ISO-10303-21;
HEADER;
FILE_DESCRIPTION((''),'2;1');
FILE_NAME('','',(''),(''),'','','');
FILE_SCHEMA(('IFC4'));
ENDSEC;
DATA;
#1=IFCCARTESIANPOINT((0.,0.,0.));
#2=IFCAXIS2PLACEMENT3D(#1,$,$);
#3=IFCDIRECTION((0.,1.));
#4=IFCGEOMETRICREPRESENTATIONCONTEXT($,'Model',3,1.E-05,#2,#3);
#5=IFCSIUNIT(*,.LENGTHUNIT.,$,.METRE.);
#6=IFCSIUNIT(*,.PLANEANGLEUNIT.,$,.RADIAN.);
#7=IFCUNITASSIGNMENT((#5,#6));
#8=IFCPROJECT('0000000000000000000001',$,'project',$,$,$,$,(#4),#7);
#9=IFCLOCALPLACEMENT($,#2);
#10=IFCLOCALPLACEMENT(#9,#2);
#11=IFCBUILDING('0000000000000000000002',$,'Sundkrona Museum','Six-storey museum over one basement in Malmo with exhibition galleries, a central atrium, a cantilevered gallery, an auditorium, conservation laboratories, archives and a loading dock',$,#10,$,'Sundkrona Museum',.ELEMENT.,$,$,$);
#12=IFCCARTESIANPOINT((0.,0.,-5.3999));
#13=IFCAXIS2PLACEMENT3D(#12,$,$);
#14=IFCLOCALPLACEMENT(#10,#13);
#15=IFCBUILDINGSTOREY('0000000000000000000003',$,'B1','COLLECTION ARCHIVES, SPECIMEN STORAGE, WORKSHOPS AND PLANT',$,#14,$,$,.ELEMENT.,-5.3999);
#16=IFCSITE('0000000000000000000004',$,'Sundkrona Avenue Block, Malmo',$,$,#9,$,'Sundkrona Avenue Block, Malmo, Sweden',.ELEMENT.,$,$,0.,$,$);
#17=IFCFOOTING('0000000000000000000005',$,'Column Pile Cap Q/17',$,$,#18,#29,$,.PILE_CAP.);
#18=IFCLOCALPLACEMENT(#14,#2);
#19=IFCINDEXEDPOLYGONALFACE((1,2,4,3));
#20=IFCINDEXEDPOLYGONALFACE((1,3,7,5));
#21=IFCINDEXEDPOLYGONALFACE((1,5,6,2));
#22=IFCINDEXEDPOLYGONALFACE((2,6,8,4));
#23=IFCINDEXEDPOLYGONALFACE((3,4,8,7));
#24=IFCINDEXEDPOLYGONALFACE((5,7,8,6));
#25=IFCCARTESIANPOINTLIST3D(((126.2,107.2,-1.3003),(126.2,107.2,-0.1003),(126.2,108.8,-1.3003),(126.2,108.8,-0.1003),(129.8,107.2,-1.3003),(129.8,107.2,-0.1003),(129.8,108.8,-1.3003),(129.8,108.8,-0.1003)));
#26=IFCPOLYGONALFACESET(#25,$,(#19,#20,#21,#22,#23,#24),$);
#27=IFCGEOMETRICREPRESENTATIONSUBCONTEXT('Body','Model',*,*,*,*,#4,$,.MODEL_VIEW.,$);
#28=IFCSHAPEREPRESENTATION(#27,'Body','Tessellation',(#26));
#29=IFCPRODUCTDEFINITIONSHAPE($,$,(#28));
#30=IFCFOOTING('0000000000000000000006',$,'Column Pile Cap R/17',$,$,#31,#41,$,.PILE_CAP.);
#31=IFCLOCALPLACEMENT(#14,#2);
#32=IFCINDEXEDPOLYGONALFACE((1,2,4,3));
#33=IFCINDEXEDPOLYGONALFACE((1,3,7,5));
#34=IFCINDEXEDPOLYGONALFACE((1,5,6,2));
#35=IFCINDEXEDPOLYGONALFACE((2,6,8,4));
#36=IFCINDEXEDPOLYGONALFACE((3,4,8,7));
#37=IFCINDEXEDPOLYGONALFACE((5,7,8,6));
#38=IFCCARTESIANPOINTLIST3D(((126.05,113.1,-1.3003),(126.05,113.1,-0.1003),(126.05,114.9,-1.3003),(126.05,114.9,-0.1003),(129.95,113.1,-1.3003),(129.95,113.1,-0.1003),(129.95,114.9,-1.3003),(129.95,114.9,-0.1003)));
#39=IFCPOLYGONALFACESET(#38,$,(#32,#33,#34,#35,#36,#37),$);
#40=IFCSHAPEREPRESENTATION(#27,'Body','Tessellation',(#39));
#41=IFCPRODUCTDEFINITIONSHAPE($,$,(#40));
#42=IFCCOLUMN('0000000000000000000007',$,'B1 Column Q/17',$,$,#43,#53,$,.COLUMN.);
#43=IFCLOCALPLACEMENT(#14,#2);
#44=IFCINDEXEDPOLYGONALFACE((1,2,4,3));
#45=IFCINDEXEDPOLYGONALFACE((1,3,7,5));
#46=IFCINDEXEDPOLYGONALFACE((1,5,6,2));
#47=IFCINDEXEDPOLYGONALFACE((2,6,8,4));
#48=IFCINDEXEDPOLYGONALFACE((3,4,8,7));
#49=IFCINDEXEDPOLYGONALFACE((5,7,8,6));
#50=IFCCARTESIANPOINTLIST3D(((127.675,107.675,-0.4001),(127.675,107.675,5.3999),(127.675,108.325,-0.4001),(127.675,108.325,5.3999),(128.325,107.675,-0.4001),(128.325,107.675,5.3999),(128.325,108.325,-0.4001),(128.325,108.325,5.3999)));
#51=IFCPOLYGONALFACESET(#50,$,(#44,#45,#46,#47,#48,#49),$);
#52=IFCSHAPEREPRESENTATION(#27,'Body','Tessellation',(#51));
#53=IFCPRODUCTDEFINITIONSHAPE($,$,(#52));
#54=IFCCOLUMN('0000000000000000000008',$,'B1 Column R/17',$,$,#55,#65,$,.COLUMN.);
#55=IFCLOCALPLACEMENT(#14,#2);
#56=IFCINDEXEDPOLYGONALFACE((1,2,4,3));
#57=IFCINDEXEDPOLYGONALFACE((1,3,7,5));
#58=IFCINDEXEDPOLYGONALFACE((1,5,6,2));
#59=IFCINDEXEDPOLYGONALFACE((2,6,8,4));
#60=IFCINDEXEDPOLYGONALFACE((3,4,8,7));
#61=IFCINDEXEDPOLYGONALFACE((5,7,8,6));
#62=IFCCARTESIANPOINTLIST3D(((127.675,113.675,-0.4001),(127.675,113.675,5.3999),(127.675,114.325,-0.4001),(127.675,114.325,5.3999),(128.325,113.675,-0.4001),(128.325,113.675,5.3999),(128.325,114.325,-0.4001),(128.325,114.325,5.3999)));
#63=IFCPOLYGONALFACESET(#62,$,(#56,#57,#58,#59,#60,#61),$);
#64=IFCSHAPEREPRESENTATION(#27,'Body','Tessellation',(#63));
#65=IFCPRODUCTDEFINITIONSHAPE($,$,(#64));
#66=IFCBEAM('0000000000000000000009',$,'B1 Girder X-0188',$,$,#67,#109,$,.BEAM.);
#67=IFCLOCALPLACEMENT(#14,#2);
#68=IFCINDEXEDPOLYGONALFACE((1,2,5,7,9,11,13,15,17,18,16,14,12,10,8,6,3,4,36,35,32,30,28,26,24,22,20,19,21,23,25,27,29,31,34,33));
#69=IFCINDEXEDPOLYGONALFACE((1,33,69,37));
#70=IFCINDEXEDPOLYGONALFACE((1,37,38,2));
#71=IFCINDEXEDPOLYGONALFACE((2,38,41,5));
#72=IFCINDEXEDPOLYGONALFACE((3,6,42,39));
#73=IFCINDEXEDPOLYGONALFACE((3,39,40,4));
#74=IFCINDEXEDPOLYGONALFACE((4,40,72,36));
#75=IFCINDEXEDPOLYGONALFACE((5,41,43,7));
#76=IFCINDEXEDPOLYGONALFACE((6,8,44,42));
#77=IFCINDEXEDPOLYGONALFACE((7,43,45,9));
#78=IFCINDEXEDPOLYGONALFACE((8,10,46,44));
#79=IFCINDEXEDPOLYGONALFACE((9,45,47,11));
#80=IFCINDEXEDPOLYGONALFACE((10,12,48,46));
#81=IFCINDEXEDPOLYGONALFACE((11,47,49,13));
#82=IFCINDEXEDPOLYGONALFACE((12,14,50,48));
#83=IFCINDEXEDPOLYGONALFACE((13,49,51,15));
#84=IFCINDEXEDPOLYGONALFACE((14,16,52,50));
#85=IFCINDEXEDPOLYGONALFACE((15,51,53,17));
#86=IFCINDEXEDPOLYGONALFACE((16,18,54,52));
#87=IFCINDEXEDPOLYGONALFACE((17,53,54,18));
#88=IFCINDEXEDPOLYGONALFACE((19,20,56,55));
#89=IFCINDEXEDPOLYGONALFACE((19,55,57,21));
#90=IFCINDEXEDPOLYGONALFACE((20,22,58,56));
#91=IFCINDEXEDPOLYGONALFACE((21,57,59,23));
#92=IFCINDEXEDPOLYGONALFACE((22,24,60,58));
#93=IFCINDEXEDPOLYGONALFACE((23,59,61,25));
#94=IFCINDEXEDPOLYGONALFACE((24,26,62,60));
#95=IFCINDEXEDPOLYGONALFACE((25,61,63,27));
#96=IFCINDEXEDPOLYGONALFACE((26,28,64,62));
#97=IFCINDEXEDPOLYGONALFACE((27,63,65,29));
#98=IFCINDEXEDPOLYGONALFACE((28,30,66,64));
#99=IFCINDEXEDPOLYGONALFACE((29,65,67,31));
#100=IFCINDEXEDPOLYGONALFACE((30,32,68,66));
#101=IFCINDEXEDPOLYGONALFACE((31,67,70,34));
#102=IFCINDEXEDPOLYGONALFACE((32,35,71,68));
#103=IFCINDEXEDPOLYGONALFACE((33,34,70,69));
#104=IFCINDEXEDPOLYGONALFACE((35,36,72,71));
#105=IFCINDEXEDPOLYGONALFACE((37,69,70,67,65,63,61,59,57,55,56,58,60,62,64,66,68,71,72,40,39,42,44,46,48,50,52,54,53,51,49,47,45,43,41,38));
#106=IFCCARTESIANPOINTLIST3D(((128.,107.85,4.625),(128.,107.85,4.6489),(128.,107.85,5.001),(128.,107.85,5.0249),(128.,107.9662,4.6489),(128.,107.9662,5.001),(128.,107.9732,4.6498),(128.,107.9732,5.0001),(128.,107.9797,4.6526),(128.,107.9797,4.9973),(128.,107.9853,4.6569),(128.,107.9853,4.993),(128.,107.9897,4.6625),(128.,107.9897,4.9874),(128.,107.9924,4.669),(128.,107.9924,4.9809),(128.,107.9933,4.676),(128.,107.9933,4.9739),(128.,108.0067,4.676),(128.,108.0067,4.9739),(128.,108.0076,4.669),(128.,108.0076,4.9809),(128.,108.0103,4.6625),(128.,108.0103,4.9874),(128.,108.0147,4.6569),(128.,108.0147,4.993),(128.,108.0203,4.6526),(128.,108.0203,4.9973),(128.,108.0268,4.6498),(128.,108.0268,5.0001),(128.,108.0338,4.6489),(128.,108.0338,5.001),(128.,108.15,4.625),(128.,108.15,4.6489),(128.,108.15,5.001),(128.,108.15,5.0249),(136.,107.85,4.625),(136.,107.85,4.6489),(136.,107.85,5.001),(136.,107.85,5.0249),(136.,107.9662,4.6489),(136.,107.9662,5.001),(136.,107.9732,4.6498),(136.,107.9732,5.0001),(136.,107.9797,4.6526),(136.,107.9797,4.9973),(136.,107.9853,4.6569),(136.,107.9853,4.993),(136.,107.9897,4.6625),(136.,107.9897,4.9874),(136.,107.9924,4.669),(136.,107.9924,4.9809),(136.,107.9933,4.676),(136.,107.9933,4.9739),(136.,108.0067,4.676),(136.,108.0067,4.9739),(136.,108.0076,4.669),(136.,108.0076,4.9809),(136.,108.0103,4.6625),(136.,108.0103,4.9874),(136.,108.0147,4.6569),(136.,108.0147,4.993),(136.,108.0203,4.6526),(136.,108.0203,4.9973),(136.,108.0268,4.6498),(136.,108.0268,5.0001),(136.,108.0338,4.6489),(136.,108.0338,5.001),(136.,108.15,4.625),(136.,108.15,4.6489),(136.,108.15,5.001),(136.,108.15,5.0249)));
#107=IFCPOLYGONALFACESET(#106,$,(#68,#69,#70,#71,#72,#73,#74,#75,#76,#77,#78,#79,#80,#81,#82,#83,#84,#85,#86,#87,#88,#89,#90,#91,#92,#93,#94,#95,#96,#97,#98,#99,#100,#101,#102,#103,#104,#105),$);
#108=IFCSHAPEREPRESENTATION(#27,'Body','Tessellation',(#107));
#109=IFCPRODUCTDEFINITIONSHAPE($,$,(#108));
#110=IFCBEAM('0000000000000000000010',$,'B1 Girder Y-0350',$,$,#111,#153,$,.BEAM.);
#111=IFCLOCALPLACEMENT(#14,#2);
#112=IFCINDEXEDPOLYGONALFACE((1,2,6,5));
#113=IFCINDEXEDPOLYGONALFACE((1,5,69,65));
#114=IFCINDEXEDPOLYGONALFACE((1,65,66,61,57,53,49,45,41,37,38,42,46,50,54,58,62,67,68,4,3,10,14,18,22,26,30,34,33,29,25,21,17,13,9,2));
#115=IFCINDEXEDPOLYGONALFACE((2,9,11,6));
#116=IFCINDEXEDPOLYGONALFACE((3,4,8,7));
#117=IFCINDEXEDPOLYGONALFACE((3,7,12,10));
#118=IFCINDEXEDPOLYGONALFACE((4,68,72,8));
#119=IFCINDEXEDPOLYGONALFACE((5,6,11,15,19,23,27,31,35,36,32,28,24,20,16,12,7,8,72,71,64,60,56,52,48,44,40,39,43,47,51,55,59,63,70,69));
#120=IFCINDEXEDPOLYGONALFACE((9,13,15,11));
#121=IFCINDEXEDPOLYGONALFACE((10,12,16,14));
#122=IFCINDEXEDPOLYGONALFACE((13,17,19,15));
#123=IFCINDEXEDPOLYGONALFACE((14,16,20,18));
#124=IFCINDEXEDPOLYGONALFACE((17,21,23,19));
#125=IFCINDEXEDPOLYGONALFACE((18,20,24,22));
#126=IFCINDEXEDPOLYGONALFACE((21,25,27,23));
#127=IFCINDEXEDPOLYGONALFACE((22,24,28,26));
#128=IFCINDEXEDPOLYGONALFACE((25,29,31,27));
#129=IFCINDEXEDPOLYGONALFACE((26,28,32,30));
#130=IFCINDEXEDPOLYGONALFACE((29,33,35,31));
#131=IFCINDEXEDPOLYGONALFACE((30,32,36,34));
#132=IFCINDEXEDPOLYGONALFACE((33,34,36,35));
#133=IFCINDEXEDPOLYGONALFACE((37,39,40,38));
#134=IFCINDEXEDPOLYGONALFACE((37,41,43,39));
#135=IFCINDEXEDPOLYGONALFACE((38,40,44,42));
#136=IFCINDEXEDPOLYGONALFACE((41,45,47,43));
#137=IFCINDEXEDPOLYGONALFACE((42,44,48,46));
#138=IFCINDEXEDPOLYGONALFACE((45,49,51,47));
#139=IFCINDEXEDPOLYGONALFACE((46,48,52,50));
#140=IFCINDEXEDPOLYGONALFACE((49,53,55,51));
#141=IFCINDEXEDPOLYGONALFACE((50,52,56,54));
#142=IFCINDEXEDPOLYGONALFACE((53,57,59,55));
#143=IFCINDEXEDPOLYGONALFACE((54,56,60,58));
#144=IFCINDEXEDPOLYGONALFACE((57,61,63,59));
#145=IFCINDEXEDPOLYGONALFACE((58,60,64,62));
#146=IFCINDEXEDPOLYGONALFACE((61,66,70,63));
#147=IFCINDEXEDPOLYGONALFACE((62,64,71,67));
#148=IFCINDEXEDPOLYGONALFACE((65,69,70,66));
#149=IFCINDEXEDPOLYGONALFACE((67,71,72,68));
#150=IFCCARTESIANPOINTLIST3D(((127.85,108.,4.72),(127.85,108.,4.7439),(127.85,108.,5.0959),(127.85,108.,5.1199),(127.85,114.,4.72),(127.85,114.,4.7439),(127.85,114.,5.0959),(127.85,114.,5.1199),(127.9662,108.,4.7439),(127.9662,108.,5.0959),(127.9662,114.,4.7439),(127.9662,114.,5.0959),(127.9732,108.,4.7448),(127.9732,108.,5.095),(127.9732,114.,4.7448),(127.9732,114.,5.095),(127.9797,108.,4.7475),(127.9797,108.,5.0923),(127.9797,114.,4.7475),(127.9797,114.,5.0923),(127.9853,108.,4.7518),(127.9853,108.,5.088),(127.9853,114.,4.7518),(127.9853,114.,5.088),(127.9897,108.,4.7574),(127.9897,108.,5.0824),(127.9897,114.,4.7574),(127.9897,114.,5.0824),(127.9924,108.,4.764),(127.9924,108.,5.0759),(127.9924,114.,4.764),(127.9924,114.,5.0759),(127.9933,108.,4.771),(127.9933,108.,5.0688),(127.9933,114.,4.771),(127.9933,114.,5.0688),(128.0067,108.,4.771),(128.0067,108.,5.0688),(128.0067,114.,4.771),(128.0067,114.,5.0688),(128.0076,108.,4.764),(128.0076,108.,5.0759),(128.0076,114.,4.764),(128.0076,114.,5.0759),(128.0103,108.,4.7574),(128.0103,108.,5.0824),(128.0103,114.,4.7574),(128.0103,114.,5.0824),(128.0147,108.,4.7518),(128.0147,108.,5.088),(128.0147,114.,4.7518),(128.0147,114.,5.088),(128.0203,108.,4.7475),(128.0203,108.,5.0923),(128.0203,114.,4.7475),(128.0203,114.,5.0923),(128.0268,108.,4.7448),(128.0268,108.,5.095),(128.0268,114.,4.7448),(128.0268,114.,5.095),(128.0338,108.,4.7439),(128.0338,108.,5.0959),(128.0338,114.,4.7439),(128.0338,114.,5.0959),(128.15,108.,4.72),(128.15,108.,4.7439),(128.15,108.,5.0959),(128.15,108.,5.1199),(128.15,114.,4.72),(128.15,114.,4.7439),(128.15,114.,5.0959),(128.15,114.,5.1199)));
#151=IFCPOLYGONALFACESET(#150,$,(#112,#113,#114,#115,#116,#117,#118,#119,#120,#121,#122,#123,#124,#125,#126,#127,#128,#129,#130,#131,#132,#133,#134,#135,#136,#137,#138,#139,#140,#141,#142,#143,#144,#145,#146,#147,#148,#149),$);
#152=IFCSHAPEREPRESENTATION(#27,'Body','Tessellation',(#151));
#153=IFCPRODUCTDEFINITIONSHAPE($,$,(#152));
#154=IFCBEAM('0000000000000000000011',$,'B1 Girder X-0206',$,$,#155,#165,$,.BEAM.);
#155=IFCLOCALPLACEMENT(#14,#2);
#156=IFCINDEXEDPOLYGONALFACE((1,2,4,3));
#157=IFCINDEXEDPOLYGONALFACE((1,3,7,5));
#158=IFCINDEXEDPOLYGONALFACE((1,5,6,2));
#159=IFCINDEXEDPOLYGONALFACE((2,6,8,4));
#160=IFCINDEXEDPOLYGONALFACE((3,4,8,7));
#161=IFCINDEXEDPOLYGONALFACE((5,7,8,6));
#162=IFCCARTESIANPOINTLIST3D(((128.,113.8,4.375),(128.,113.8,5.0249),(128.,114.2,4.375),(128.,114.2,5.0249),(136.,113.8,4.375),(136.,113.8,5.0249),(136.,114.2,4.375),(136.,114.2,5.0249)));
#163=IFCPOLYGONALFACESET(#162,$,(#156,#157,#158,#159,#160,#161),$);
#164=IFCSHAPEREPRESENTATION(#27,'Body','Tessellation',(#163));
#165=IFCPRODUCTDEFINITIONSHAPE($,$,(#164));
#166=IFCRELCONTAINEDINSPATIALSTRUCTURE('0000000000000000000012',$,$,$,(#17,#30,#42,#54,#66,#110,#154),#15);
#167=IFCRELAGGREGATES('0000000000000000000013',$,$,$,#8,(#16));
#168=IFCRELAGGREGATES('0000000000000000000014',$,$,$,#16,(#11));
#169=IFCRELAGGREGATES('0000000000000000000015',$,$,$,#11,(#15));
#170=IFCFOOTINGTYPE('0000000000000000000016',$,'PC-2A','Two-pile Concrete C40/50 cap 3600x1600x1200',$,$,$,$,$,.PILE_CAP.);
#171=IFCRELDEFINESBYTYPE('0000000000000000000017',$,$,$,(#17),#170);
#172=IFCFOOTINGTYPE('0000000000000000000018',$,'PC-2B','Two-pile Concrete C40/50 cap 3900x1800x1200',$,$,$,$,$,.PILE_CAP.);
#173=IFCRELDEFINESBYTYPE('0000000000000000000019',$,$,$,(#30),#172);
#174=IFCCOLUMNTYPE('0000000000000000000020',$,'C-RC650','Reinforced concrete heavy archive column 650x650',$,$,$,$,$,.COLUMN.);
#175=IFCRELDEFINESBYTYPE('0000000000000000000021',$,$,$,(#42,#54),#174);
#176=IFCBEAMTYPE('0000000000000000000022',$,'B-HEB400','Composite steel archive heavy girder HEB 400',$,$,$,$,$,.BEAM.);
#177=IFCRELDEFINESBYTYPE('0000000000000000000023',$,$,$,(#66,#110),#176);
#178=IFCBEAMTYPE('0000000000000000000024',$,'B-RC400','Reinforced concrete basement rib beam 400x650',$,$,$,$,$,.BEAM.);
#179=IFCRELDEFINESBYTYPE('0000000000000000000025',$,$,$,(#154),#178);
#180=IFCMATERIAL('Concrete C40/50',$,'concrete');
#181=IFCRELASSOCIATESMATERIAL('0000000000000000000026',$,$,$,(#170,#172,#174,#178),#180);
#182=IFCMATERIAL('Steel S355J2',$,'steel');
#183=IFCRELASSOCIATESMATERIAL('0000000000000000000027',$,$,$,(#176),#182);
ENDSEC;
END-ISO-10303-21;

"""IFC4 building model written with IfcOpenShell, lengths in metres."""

from ifc_helpers import new_model, si_unit, direction, frame, origin, origin_2d, place, context, subcontext, project, spatial, rectangle, i_section, extrude, material, material_profile, profile_set, type_object, element, save


model = new_model("IFC4")

# Units and contexts
model_context = context("Model", 3, precision=1e-05, world=origin(), true_north=direction((0.0, 1.0)))
body_context = subcontext(model_context, "Body", "Model", "MODEL_VIEW")
ifc_project = project(units=[si_unit("LENGTHUNIT", "METRE"), si_unit("PLANEANGLEUNIT", "RADIAN")], contexts=[model_context])

# Site, building, storey
site_placement = place(None, origin())
site = spatial("IfcSite", under=ifc_project, at=site_placement, Name="Sundkrona Avenue Block, Malmo", LongName="Sundkrona Avenue Block, Malmo, Sweden", CompositionType="ELEMENT", RefElevation=0.0)
building_placement = place(site_placement, origin())
building = spatial("IfcBuilding", under=site, at=building_placement, Name="Sundkrona Museum", Description="Six-storey museum over one basement in Malmo with exhibition galleries, a central atrium, a cantilevered gallery, an auditorium, conservation laboratories, archives and a loading dock", LongName="Sundkrona Museum", CompositionType="ELEMENT")
storey_placement = place(building_placement, frame((0.0, 0.0, -5.3999)))
storey = spatial("IfcBuildingStorey", under=building, at=storey_placement, Name="B1", Description="COLLECTION ARCHIVES, SPECIMEN STORAGE, WORKSHOPS AND PLANT", CompositionType="ELEMENT", Elevation=-5.3999)

# Shared definitions
ifc_material_1 = material(Name="Concrete C40/50", Category="concrete")

# Footings
footing_type_1 = type_object("IfcFootingType", Name="PC-2A", Description="Two-pile Concrete C40/50 cap 3600x1600x1200", PredefinedType="PILE_CAP", material=ifc_material_1)
footing_1_placement = place(storey_placement, frame((128.0, 108.0, -1.3003), z_axis=(0.0, 0.0, 1.0), x_axis=(1.0, 0.0, 0.0)))
element("IfcFooting", 1, at=footing_1_placement, inside=storey, type_object=footing_type_1, Name="Column Pile Cap Q/17", PredefinedType="PILE_CAP", context=body_context, shape_type="SweptSolid", body=[
    extrude(rectangle(XDim=3.6001, YDim=1.6001, at=origin_2d()), origin(), (0.0, 0.0, 1.0), 1.2),
])
footing_type_2 = type_object("IfcFootingType", Name="PC-2B", Description="Two-pile Concrete C40/50 cap 3900x1800x1200", PredefinedType="PILE_CAP", material=ifc_material_1)
footing_2_placement = place(storey_placement, frame((128.0, 114.0, -1.3003), z_axis=(0.0, 0.0, 1.0), x_axis=(1.0, 0.0, 0.0)))
element("IfcFooting", 2, at=footing_2_placement, inside=storey, type_object=footing_type_2, Name="Column Pile Cap R/17", PredefinedType="PILE_CAP", context=body_context, shape_type="SweptSolid", body=[
    extrude(rectangle(XDim=3.8999, YDim=1.8, at=origin_2d()), origin(), (0.0, 0.0, 1.0), 1.2),
])

# Columns
ifc_material_profile_1 = material_profile(ifc_material_1, rectangle(XDim=0.6499, YDim=0.6499, at=origin_2d()), Name="RC 650x650")
ifc_profile_set_1 = profile_set([ifc_material_profile_1], Name="Concrete C40/50")
column_type = type_object("IfcColumnType", Name="C-RC650", Description="Reinforced concrete heavy archive column 650x650", PredefinedType="COLUMN", material=ifc_profile_set_1)
for number, where, z_axis, x_axis, name in (
    (3, (128.0, 108.0, -0.4001), (0.0, 0.0, 1.0), (1.0, 0.0, 0.0), "B1 Column Q/17"),
    (4, (128.0, 114.0, -0.4001), (0.0, 0.0, 1.0), (1.0, 0.0, 0.0), "B1 Column R/17"),
):
    element("IfcColumn", number, at=place(storey_placement, frame(where, z_axis=z_axis, x_axis=x_axis)), inside=storey, type_object=column_type, Name=name, PredefinedType="COLUMN", context=body_context, shape_type="SweptSolid", body=[
        extrude(rectangle(XDim=0.6499, YDim=0.6499, at=origin_2d()), origin(), (0.0, 0.0, 1.0), 5.8),
    ])

# Beams
ifc_material_2 = material(Name="Steel S355J2", Category="steel")
ifc_material_profile_2 = material_profile(ifc_material_2, i_section(OverallWidth=0.3, OverallDepth=0.3999, WebThickness=0.0134, FlangeThickness=0.0239, FilletRadius=0.0271, at=origin_2d()), Name="HEB 400")
ifc_profile_set_2 = profile_set([ifc_material_profile_2], Name="Steel S355J2")
beam_type_1 = type_object("IfcBeamType", Name="B-HEB400", Description="Composite steel archive heavy girder HEB 400", PredefinedType="BEAM", material=ifc_profile_set_2)
beam_1_placement = place(storey_placement, frame((128.0, 108.0, 4.825), z_axis=(1.0, 0.0, 0.0), x_axis=(0.0, 1.0, 0.0)))
element("IfcBeam", 5, at=beam_1_placement, inside=storey, type_object=beam_type_1, Name="B1 Girder X-0188", PredefinedType="BEAM", context=body_context, shape_type="SweptSolid", body=[
    extrude(i_section(OverallWidth=0.3, OverallDepth=0.3999, WebThickness=0.0134, FlangeThickness=0.0239, FilletRadius=0.0271, at=origin_2d()), origin(), (0.0, 0.0, 1.0), 8.0),
])
beam_2_placement = place(storey_placement, frame((128.0, 108.0, 4.9199), z_axis=(0.0, 1.0, 0.0), x_axis=(-1.0, 0.0, 0.0)))
element("IfcBeam", 6, at=beam_2_placement, inside=storey, type_object=beam_type_1, Name="B1 Girder Y-0350", PredefinedType="BEAM", context=body_context, shape_type="SweptSolid", body=[
    extrude(i_section(OverallWidth=0.3, OverallDepth=0.3999, WebThickness=0.0134, FlangeThickness=0.0239, FilletRadius=0.0271, at=origin_2d()), origin(), (0.0, 0.0, 1.0), 6.0),
])
ifc_material_profile_3 = material_profile(ifc_material_1, rectangle(XDim=0.3999, YDim=0.6499, at=origin_2d()), Name="RCB 400x650")
ifc_profile_set_3 = profile_set([ifc_material_profile_3], Name="Concrete C40/50")
beam_type_2 = type_object("IfcBeamType", Name="B-RC400", Description="Reinforced concrete basement rib beam 400x650", PredefinedType="BEAM", material=ifc_profile_set_3)
beam_3_placement = place(storey_placement, frame((128.0, 114.0, 4.7), z_axis=(1.0, 0.0, 0.0), x_axis=(0.0, 1.0, 0.0)))
element("IfcBeam", 7, at=beam_3_placement, inside=storey, type_object=beam_type_2, Name="B1 Girder X-0206", PredefinedType="BEAM", context=body_context, shape_type="SweptSolid", body=[
    extrude(rectangle(XDim=0.3999, YDim=0.6499, at=origin_2d()), origin(), (0.0, 0.0, 1.0), 8.0),
])

save(model, "model.ifc")
